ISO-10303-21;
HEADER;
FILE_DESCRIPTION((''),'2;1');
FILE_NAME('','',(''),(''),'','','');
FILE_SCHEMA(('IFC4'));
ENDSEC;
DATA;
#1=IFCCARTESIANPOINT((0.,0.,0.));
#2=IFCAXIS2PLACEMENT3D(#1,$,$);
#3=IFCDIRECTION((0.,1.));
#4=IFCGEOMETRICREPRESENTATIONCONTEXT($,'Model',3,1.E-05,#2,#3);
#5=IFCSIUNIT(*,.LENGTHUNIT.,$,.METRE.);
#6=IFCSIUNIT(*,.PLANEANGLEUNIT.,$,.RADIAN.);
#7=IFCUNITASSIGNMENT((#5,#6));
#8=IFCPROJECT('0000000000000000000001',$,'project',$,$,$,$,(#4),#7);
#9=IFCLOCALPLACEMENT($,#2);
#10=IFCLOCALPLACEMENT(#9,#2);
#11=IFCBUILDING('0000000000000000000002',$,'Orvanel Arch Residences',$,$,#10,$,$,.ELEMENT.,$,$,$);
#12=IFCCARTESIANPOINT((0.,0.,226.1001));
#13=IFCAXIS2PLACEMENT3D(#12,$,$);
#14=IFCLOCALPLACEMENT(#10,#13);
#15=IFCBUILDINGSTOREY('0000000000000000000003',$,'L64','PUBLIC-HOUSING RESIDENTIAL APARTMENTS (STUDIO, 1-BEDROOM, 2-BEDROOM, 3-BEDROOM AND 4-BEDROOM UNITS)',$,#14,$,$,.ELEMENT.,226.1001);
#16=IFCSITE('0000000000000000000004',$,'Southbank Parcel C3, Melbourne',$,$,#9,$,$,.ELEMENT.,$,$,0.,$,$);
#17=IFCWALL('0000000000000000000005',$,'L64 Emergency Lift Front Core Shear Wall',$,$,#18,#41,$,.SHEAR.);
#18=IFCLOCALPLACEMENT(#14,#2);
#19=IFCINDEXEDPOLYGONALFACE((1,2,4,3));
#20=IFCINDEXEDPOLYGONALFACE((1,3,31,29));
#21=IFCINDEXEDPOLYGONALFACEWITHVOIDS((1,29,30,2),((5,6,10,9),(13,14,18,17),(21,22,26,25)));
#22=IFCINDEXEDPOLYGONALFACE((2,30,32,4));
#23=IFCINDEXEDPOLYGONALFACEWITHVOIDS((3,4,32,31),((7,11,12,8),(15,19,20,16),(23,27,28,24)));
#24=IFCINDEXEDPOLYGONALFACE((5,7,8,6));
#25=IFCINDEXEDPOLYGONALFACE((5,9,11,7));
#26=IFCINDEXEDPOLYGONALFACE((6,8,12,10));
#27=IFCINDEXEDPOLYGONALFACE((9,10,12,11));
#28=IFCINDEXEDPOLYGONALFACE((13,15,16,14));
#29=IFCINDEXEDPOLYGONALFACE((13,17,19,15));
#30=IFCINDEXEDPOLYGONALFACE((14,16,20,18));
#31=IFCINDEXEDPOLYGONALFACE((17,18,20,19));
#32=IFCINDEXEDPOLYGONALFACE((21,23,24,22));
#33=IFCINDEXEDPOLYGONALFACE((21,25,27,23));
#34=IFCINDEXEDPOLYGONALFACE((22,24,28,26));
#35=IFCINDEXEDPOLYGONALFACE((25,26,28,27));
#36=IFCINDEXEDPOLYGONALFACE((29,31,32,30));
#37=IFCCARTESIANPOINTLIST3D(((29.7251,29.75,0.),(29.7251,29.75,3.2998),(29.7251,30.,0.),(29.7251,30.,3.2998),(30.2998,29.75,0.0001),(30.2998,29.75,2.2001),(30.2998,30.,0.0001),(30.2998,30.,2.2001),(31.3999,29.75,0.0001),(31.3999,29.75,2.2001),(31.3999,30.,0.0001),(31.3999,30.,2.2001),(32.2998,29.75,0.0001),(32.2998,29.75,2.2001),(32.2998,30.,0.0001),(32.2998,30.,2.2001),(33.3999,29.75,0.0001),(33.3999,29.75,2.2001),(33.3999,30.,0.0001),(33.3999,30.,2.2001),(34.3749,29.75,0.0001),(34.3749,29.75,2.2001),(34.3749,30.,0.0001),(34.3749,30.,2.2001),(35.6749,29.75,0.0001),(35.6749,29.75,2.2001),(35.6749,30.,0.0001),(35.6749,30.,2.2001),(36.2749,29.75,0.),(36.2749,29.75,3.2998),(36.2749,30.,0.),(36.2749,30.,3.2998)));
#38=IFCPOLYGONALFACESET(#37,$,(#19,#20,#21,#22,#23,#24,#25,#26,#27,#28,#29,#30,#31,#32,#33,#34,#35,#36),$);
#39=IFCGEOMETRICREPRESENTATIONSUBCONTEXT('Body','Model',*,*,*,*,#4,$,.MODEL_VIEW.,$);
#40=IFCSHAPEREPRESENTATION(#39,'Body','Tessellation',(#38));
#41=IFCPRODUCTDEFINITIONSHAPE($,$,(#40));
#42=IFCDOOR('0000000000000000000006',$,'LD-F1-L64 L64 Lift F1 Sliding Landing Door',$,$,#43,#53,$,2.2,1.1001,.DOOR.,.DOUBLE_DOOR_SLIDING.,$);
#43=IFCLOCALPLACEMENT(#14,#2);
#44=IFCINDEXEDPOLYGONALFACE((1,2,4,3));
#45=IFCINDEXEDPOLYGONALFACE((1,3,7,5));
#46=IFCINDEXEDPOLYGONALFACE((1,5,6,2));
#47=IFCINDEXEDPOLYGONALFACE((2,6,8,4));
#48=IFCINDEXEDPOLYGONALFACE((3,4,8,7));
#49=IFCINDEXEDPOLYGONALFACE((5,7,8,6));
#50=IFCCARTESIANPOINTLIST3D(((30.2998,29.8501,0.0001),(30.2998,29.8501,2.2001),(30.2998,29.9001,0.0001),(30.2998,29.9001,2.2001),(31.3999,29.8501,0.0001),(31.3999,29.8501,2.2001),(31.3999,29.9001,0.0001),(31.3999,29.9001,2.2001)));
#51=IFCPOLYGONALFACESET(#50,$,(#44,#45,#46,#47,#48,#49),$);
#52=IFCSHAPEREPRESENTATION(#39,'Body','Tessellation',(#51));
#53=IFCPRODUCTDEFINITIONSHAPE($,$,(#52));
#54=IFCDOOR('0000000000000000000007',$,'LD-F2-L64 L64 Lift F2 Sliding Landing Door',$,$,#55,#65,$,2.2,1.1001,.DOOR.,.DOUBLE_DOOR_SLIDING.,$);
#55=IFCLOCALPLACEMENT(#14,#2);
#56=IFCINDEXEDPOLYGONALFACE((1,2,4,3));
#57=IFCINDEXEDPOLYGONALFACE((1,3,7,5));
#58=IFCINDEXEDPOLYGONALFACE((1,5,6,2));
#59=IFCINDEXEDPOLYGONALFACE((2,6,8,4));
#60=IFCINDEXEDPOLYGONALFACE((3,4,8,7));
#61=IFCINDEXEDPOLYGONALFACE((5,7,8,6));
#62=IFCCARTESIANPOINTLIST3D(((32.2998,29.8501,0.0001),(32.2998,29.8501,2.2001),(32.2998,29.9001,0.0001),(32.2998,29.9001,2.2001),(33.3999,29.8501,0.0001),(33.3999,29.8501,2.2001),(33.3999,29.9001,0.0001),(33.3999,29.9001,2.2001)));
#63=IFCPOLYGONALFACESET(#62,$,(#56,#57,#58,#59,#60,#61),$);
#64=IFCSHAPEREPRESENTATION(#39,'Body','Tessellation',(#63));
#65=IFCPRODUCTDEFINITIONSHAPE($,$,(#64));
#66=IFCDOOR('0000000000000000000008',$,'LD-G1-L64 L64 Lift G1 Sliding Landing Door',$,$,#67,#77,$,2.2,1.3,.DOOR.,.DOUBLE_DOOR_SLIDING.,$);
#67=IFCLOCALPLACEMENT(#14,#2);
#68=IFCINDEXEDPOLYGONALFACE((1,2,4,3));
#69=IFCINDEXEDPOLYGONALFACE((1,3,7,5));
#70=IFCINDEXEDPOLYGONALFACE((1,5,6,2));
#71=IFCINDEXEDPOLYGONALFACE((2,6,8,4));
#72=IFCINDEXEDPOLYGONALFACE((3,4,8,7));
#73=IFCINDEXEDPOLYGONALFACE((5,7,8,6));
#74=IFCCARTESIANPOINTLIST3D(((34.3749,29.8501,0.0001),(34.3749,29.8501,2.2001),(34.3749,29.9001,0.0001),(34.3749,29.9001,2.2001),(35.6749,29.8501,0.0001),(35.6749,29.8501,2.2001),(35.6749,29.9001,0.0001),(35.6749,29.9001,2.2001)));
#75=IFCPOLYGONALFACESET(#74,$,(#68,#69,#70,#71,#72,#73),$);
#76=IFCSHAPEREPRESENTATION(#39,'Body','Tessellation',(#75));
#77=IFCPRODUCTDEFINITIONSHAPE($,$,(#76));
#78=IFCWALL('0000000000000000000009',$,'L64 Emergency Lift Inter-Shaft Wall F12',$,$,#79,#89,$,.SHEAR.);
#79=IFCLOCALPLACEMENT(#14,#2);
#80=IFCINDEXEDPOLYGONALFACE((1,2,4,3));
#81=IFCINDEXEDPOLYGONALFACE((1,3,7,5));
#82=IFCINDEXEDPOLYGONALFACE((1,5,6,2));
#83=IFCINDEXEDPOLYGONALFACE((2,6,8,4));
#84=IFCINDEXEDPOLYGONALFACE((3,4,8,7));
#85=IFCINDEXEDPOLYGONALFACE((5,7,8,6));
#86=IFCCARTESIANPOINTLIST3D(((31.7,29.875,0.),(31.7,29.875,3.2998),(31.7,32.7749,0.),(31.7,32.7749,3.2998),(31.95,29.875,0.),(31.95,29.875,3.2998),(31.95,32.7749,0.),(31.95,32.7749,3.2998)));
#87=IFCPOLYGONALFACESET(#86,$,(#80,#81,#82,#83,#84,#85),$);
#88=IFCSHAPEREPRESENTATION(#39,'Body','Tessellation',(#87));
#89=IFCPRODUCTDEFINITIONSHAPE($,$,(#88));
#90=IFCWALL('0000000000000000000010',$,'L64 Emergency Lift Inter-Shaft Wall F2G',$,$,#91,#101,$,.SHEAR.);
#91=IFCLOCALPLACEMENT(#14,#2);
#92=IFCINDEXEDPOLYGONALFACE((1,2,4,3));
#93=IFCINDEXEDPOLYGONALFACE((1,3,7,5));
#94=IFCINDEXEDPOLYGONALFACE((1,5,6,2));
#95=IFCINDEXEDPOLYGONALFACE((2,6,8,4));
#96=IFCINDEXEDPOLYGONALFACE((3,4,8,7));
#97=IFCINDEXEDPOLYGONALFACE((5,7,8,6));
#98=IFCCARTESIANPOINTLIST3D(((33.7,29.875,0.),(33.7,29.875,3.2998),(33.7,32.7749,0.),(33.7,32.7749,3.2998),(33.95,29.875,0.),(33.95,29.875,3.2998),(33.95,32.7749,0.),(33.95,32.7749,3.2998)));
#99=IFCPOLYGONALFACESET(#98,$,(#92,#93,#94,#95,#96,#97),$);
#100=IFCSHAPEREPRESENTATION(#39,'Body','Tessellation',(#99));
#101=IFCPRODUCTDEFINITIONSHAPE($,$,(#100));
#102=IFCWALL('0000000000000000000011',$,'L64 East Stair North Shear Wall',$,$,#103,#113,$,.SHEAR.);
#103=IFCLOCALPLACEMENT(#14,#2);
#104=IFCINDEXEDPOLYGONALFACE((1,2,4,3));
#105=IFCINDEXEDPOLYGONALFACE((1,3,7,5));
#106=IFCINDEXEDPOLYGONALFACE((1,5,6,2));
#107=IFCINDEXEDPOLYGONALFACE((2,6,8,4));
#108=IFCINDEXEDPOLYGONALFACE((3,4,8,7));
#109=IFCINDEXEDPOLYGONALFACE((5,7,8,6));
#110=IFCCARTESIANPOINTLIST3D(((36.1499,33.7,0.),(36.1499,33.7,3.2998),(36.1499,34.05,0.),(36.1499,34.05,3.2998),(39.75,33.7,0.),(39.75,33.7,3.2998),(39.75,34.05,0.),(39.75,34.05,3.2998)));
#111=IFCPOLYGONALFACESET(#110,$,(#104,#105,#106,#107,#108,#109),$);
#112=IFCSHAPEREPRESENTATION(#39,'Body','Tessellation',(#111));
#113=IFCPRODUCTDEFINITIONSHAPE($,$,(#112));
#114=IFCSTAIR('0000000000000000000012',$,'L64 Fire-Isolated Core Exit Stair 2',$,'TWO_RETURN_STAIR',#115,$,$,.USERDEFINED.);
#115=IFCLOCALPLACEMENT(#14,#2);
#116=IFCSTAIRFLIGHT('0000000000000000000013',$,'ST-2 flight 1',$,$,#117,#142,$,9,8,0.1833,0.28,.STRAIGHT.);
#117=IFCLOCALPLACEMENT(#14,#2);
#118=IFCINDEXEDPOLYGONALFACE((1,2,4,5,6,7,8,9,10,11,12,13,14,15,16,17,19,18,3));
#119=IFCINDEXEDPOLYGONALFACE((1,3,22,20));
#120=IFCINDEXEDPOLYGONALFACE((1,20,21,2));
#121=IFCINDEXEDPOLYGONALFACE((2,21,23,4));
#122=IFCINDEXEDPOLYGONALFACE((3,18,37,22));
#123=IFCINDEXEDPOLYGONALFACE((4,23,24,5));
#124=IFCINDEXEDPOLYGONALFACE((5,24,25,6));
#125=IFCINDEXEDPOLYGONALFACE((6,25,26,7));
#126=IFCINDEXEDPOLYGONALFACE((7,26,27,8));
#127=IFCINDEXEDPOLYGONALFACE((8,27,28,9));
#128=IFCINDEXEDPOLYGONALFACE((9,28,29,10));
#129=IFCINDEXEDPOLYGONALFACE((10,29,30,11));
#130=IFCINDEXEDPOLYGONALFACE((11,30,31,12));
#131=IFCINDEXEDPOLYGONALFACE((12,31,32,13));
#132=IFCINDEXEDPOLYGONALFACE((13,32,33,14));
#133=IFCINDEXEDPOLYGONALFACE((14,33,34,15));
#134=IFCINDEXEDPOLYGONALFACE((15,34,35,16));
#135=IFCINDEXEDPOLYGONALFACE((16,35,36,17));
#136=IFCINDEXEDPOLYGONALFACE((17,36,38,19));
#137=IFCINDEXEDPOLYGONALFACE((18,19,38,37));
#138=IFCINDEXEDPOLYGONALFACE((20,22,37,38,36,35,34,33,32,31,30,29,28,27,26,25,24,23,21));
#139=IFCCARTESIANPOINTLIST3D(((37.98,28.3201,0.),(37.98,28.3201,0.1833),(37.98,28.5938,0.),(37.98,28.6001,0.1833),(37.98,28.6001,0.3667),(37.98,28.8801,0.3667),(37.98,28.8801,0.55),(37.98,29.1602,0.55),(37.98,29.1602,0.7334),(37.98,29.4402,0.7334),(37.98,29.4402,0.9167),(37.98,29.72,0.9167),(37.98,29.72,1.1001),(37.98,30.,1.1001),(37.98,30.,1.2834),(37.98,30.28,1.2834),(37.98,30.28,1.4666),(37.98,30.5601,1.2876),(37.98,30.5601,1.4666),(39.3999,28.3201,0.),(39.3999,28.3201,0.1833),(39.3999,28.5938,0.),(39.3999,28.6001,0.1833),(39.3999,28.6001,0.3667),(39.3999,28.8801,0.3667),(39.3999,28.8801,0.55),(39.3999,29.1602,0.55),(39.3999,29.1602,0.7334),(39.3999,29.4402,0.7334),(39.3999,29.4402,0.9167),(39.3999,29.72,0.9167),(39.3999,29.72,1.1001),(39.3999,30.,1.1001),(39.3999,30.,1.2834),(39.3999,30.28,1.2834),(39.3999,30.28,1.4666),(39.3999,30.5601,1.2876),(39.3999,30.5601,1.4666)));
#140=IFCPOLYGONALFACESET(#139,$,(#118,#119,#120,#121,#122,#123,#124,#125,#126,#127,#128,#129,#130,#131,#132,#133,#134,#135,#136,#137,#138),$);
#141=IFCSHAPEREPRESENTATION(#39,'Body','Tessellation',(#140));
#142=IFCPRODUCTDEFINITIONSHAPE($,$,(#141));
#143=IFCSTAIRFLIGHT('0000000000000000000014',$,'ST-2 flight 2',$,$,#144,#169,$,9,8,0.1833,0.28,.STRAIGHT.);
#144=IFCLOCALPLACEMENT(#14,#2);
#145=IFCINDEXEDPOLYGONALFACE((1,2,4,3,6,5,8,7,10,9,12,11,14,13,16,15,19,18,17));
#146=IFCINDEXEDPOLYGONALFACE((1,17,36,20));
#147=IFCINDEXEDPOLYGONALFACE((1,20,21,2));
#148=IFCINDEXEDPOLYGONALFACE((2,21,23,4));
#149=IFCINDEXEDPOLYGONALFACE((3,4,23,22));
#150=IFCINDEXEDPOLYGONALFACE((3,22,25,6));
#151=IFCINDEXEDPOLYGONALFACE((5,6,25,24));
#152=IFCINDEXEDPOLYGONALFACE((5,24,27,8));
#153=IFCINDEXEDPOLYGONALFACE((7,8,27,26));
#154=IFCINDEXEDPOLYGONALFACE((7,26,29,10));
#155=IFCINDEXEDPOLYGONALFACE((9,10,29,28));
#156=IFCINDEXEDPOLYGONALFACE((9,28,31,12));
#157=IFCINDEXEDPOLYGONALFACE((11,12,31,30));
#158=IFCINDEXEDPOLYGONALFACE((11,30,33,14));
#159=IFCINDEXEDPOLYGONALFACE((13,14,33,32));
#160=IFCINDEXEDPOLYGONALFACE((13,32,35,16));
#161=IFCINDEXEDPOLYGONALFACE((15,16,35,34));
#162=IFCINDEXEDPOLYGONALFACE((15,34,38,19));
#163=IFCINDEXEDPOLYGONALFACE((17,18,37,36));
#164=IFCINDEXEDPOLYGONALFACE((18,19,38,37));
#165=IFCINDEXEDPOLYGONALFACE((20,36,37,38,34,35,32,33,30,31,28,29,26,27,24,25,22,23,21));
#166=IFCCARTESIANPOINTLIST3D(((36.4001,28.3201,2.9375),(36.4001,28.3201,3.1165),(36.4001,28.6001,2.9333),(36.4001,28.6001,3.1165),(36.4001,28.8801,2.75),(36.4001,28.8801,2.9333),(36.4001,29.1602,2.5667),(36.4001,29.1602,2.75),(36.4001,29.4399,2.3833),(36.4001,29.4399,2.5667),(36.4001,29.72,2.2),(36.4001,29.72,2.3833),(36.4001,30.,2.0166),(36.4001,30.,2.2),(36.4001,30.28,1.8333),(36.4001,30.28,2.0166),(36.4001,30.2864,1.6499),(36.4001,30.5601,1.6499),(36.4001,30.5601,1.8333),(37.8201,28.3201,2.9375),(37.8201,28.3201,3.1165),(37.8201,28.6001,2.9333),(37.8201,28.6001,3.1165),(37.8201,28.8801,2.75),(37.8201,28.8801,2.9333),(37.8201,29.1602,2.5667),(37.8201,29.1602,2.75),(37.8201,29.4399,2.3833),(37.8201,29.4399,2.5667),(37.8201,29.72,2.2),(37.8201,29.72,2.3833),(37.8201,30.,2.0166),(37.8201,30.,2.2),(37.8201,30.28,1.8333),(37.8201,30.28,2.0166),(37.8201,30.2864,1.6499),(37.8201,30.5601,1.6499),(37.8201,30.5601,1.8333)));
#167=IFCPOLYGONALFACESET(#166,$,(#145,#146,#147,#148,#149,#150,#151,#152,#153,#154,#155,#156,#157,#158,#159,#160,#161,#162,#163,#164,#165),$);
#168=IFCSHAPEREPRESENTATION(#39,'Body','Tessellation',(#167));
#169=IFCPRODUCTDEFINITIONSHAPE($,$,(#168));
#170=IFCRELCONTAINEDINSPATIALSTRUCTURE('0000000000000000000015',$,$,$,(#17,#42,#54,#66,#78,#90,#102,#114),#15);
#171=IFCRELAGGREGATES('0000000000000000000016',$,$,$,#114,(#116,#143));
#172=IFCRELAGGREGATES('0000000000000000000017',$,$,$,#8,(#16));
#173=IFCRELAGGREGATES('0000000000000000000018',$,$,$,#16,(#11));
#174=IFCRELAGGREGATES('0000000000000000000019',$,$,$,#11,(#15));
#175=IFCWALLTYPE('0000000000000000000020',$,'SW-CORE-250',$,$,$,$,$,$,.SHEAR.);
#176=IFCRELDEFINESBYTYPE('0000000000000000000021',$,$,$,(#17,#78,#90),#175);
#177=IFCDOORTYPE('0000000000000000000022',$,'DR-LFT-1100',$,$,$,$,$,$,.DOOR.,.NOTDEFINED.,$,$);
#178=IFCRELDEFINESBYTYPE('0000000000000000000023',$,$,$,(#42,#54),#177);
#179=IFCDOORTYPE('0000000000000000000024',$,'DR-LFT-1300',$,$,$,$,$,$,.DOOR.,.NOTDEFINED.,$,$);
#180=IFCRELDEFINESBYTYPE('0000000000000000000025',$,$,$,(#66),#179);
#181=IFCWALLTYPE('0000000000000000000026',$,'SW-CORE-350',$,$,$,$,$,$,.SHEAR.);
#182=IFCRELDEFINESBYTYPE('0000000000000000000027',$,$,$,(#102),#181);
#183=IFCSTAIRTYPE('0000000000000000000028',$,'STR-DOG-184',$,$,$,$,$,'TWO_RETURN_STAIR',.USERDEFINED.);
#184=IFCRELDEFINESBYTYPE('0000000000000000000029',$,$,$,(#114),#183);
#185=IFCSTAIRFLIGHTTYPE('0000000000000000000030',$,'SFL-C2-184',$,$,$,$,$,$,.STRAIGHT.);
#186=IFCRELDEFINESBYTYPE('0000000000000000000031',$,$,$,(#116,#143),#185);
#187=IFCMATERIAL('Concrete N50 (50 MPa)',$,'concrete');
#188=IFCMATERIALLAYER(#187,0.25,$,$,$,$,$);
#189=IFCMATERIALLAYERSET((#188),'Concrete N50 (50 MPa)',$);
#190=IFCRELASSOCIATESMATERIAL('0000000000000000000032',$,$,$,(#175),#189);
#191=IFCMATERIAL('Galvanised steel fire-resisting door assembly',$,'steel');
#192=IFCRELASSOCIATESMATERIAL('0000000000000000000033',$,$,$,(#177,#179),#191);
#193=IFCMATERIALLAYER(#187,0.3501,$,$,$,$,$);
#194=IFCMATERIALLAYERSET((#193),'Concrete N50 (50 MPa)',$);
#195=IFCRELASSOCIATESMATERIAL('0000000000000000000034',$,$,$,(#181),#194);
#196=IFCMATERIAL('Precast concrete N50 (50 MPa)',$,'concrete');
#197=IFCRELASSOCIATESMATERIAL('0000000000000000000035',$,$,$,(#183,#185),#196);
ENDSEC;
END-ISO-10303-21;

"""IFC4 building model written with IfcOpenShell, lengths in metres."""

from ifc_helpers import new_model, si_unit, direction, frame, frame_2d, origin, place, context, subcontext, project, spatial, polyline, rectangle, outline, extrude, material, layer, layer_set, type_object, element, fill, aggregate, save


model = new_model("IFC4")

# Units and contexts
model_context = context("Model", 3, precision=1e-05, world=origin(), true_north=direction((0.0, 1.0)))
body_context = subcontext(model_context, "Body", "Model", "MODEL_VIEW")
ifc_project = project(units=[si_unit("LENGTHUNIT", "METRE"), si_unit("PLANEANGLEUNIT", "RADIAN")], contexts=[model_context])

# Site, building, storey
site_placement = place(None, origin())
site = spatial("IfcSite", under=ifc_project, at=site_placement, Name="Southbank Parcel C3, Melbourne", CompositionType="ELEMENT", RefElevation=0.0)
building_placement = place(site_placement, origin())
building = spatial("IfcBuilding", under=site, at=building_placement, Name="Orvanel Arch Residences", CompositionType="ELEMENT")
storey_placement = place(building_placement, frame((0.0, 0.0, 226.1001)))
storey = spatial("IfcBuildingStorey", under=building, at=storey_placement, Name="L64", Description="PUBLIC-HOUSING RESIDENTIAL APARTMENTS (STUDIO, 1-BEDROOM, 2-BEDROOM, 3-BEDROOM AND 4-BEDROOM UNITS)", CompositionType="ELEMENT", Elevation=226.1001)

# Wall, openings, doors
ifc_material_1 = material(Name="Concrete N50 (50 MPa)", Category="concrete")
ifc_layer_1 = layer(ifc_material_1, 0.25)
ifc_layer_set_1 = layer_set([ifc_layer_1], Name="Concrete N50 (50 MPa)")
wall_type_1 = type_object("IfcWallType", Name="SW-CORE-250", PredefinedType="SHEAR", material=ifc_layer_set_1)
wall_1_placement = place(storey_placement, frame((36.2749, 29.875, 0.0), z_axis=(0.0, 0.0, 1.0), x_axis=(-1.0, 0.0, 0.0)))
wall_1 = element("IfcWall", 1, at=wall_1_placement, inside=storey, type_object=wall_type_1, Name="L64 Emergency Lift Front Core Shear Wall", PredefinedType="SHEAR", context=body_context, shape_type="SweptSolid", body=[
    extrude(rectangle(XDim=6.5498, YDim=0.25, at=frame_2d((3.2749, 0.0))), origin(), (0.0, 0.0, 1.0), 3.2998),
])
opening_1_placement = place(wall_1_placement, frame((4.875, 0.0, 0.0)))
opening_1 = element("IfcOpeningElement", 2, at=opening_1_placement, cuts=wall_1, PredefinedType="OPENING", context=body_context, shape_type="SweptSolid", body=[
    extrude(rectangle(XDim=1.1001, YDim=2.2, at=frame_2d((0.55, 1.1001))), frame((0.0, 0.135, 0.0), z_axis=(0.0, -1.0, 0.0), x_axis=(1.0, 0.0, 0.0)), (0.0, 0.0, 1.0), 0.27),
])
opening_2_placement = place(wall_1_placement, frame((2.875, 0.0, 0.0)))
opening_2 = element("IfcOpeningElement", 3, at=opening_2_placement, cuts=wall_1, PredefinedType="OPENING", context=body_context, shape_type="SweptSolid", body=[
    extrude(rectangle(XDim=1.1001, YDim=2.2, at=frame_2d((0.55, 1.1001))), frame((0.0, 0.135, 0.0), z_axis=(0.0, -1.0, 0.0), x_axis=(1.0, 0.0, 0.0)), (0.0, 0.0, 1.0), 0.27),
])
opening_3_placement = place(wall_1_placement, frame((0.6001, 0.0, 0.0)))
opening_3 = element("IfcOpeningElement", 4, at=opening_3_placement, cuts=wall_1, PredefinedType="OPENING", context=body_context, shape_type="SweptSolid", body=[
    extrude(rectangle(XDim=1.3, YDim=2.2, at=frame_2d((0.6499, 1.1001))), frame((0.0, 0.135, 0.0), z_axis=(0.0, -1.0, 0.0), x_axis=(1.0, 0.0, 0.0)), (0.0, 0.0, 1.0), 0.27),
])
ifc_material_2 = material(Name="Galvanised steel fire-resisting door assembly", Category="steel")
door_type_1 = type_object("IfcDoorType", Name="DR-LFT-1100", OperationType="NOTDEFINED", PredefinedType="DOOR", material=ifc_material_2)
door_1_placement = place(opening_1_placement, origin())
door_1 = element("IfcDoor", 5, at=door_1_placement, inside=storey, type_object=door_type_1, Name="LD-F1-L64 L64 Lift F1 Sliding Landing Door", OperationType="DOUBLE_DOOR_SLIDING", OverallHeight=2.2, OverallWidth=1.1001, PredefinedType="DOOR", context=body_context, shape_type="SweptSolid", body=[
    extrude(rectangle(XDim=1.1001, YDim=2.2, at=frame_2d((0.55, 1.1001))), frame((0.0, 0.0249, 0.0), z_axis=(0.0, -1.0, 0.0), x_axis=(1.0, 0.0, 0.0)), (0.0, 0.0, 1.0), 0.05),
])
fill(opening_1, door_1)
door_2_placement = place(opening_2_placement, origin())
door_2 = element("IfcDoor", 6, at=door_2_placement, inside=storey, type_object=door_type_1, Name="LD-F2-L64 L64 Lift F2 Sliding Landing Door", OperationType="DOUBLE_DOOR_SLIDING", OverallHeight=2.2, OverallWidth=1.1001, PredefinedType="DOOR", context=body_context, shape_type="SweptSolid", body=[
    extrude(rectangle(XDim=1.1001, YDim=2.2, at=frame_2d((0.55, 1.1001))), frame((0.0, 0.0249, 0.0), z_axis=(0.0, -1.0, 0.0), x_axis=(1.0, 0.0, 0.0)), (0.0, 0.0, 1.0), 0.05),
])
fill(opening_2, door_2)
door_type_2 = type_object("IfcDoorType", Name="DR-LFT-1300", OperationType="NOTDEFINED", PredefinedType="DOOR", material=ifc_material_2)
door_3_placement = place(opening_3_placement, origin())
door_3 = element("IfcDoor", 7, at=door_3_placement, inside=storey, type_object=door_type_2, Name="LD-G1-L64 L64 Lift G1 Sliding Landing Door", OperationType="DOUBLE_DOOR_SLIDING", OverallHeight=2.2, OverallWidth=1.3, PredefinedType="DOOR", context=body_context, shape_type="SweptSolid", body=[
    extrude(rectangle(XDim=1.3, YDim=2.2, at=frame_2d((0.6499, 1.1001))), frame((0.0, 0.0249, 0.0), z_axis=(0.0, -1.0, 0.0), x_axis=(1.0, 0.0, 0.0)), (0.0, 0.0, 1.0), 0.05),
])
fill(opening_3, door_3)

# Walls
for number, where, z_axis, x_axis, name in (
    (8, (31.825, 29.875, 0.0), (0.0, 0.0, 1.0), (0.0, 1.0, 0.0), "L64 Emergency Lift Inter-Shaft Wall F12"),
    (9, (33.825, 29.875, 0.0), (0.0, 0.0, 1.0), (0.0, 1.0, 0.0), "L64 Emergency Lift Inter-Shaft Wall F2G"),
):
    element("IfcWall", number, at=place(storey_placement, frame(where, z_axis=z_axis, x_axis=x_axis)), inside=storey, type_object=wall_type_1, Name=name, PredefinedType="SHEAR", context=body_context, shape_type="SweptSolid", body=[
        extrude(rectangle(XDim=2.8999, YDim=0.25, at=frame_2d((1.45, 0.0))), origin(), (0.0, 0.0, 1.0), 3.2998),
    ])
ifc_layer_2 = layer(ifc_material_1, 0.3501)
ifc_layer_set_2 = layer_set([ifc_layer_2], Name="Concrete N50 (50 MPa)")
wall_type_2 = type_object("IfcWallType", Name="SW-CORE-350", PredefinedType="SHEAR", material=ifc_layer_set_2)
wall_2_placement = place(storey_placement, frame((36.1499, 33.875, 0.0), z_axis=(0.0, 0.0, 1.0), x_axis=(1.0, 0.0, 0.0)))
element("IfcWall", 10, at=wall_2_placement, inside=storey, type_object=wall_type_2, Name="L64 East Stair North Shear Wall", PredefinedType="SHEAR", context=body_context, shape_type="SweptSolid", body=[
    extrude(rectangle(XDim=3.6001, YDim=0.3501, at=frame_2d((1.8, 0.0))), origin(), (0.0, 0.0, 1.0), 3.2998),
])

# Stair, stair flights
ifc_material_3 = material(Name="Precast concrete N50 (50 MPa)", Category="concrete")
stair_type = type_object("IfcStairType", Name="STR-DOG-184", ElementType="TWO_RETURN_STAIR", PredefinedType="USERDEFINED", material=ifc_material_3)
stair_placement = place(storey_placement, origin())
stair = element("IfcStair", 11, at=stair_placement, inside=storey, type_object=stair_type, Name="L64 Fire-Isolated Core Exit Stair 2", ObjectType="TWO_RETURN_STAIR", PredefinedType="USERDEFINED")
stair_flight_type = type_object("IfcStairFlightType", Name="SFL-C2-184", PredefinedType="STRAIGHT", material=ifc_material_3)
stair_flight_1_placement = place(storey_placement, frame((38.6899, 28.3201, 0.0), z_axis=(0.0, 0.0, 1.0), x_axis=(0.0, 1.0, 0.0)))
stair_flight_1 = element("IfcStairFlight", 12, at=stair_flight_1_placement, type_object=stair_flight_type, Name="ST-2 flight 1", NumberOfRisers=9, NumberOfTreads=8, PredefinedType="STRAIGHT", RiserHeight=0.1833, TreadLength=0.28, context=body_context, shape_type="SweptSolid", body=[
    extrude(outline(polyline([(0.0, 0.0), (0.0, 0.1833), (0.28, 0.1833), (0.28, 0.3667), (0.5601, 0.3667), (0.5601, 0.55), (0.8401, 0.55), (0.8401, 0.7334), (1.1201, 0.7334), (1.1201, 0.9167), (1.3999, 0.9167), (1.3999, 1.1001), (1.6799, 1.1001), (1.6799, 1.2834), (1.96, 1.2834), (1.96, 1.4666), (2.24, 1.4666), (2.24, 1.6499), (2.24, 1.2876), (0.2737, 0.0), (0.0, 0.0)])), frame((0.0, 0.71, 0.0), z_axis=(0.0, -1.0, 0.0), x_axis=(1.0, 0.0, 0.0)), (0.0, 0.0, 1.0), 1.4199),
])
stair_flight_2_placement = place(storey_placement, frame((37.1101, 30.5601, 1.6499), z_axis=(0.0, 0.0, 1.0), x_axis=(0.0, -1.0, 0.0)))
stair_flight_2 = element("IfcStairFlight", 13, at=stair_flight_2_placement, type_object=stair_flight_type, Name="ST-2 flight 2", NumberOfRisers=9, NumberOfTreads=8, PredefinedType="STRAIGHT", RiserHeight=0.1833, TreadLength=0.28, context=body_context, shape_type="SweptSolid", body=[
    extrude(outline(polyline([(0.0, 0.0), (0.0, 0.1833), (0.28, 0.1833), (0.28, 0.3667), (0.5601, 0.3667), (0.5601, 0.55), (0.8401, 0.55), (0.8401, 0.7334), (1.1201, 0.7334), (1.1201, 0.9167), (1.3999, 0.9167), (1.3999, 1.1001), (1.6799, 1.1001), (1.6799, 1.2834), (1.96, 1.2834), (1.96, 1.4666), (2.24, 1.4666), (2.24, 1.6499), (2.24, 1.2876), (0.2737, 0.0), (0.0, 0.0)])), frame((0.0, 0.71, 0.0), z_axis=(0.0, -1.0, 0.0), x_axis=(1.0, 0.0, 0.0)), (0.0, 0.0, 1.0), 1.4199),
])
aggregate(stair, [stair_flight_1, stair_flight_2])

save(model, "model.ifc")
